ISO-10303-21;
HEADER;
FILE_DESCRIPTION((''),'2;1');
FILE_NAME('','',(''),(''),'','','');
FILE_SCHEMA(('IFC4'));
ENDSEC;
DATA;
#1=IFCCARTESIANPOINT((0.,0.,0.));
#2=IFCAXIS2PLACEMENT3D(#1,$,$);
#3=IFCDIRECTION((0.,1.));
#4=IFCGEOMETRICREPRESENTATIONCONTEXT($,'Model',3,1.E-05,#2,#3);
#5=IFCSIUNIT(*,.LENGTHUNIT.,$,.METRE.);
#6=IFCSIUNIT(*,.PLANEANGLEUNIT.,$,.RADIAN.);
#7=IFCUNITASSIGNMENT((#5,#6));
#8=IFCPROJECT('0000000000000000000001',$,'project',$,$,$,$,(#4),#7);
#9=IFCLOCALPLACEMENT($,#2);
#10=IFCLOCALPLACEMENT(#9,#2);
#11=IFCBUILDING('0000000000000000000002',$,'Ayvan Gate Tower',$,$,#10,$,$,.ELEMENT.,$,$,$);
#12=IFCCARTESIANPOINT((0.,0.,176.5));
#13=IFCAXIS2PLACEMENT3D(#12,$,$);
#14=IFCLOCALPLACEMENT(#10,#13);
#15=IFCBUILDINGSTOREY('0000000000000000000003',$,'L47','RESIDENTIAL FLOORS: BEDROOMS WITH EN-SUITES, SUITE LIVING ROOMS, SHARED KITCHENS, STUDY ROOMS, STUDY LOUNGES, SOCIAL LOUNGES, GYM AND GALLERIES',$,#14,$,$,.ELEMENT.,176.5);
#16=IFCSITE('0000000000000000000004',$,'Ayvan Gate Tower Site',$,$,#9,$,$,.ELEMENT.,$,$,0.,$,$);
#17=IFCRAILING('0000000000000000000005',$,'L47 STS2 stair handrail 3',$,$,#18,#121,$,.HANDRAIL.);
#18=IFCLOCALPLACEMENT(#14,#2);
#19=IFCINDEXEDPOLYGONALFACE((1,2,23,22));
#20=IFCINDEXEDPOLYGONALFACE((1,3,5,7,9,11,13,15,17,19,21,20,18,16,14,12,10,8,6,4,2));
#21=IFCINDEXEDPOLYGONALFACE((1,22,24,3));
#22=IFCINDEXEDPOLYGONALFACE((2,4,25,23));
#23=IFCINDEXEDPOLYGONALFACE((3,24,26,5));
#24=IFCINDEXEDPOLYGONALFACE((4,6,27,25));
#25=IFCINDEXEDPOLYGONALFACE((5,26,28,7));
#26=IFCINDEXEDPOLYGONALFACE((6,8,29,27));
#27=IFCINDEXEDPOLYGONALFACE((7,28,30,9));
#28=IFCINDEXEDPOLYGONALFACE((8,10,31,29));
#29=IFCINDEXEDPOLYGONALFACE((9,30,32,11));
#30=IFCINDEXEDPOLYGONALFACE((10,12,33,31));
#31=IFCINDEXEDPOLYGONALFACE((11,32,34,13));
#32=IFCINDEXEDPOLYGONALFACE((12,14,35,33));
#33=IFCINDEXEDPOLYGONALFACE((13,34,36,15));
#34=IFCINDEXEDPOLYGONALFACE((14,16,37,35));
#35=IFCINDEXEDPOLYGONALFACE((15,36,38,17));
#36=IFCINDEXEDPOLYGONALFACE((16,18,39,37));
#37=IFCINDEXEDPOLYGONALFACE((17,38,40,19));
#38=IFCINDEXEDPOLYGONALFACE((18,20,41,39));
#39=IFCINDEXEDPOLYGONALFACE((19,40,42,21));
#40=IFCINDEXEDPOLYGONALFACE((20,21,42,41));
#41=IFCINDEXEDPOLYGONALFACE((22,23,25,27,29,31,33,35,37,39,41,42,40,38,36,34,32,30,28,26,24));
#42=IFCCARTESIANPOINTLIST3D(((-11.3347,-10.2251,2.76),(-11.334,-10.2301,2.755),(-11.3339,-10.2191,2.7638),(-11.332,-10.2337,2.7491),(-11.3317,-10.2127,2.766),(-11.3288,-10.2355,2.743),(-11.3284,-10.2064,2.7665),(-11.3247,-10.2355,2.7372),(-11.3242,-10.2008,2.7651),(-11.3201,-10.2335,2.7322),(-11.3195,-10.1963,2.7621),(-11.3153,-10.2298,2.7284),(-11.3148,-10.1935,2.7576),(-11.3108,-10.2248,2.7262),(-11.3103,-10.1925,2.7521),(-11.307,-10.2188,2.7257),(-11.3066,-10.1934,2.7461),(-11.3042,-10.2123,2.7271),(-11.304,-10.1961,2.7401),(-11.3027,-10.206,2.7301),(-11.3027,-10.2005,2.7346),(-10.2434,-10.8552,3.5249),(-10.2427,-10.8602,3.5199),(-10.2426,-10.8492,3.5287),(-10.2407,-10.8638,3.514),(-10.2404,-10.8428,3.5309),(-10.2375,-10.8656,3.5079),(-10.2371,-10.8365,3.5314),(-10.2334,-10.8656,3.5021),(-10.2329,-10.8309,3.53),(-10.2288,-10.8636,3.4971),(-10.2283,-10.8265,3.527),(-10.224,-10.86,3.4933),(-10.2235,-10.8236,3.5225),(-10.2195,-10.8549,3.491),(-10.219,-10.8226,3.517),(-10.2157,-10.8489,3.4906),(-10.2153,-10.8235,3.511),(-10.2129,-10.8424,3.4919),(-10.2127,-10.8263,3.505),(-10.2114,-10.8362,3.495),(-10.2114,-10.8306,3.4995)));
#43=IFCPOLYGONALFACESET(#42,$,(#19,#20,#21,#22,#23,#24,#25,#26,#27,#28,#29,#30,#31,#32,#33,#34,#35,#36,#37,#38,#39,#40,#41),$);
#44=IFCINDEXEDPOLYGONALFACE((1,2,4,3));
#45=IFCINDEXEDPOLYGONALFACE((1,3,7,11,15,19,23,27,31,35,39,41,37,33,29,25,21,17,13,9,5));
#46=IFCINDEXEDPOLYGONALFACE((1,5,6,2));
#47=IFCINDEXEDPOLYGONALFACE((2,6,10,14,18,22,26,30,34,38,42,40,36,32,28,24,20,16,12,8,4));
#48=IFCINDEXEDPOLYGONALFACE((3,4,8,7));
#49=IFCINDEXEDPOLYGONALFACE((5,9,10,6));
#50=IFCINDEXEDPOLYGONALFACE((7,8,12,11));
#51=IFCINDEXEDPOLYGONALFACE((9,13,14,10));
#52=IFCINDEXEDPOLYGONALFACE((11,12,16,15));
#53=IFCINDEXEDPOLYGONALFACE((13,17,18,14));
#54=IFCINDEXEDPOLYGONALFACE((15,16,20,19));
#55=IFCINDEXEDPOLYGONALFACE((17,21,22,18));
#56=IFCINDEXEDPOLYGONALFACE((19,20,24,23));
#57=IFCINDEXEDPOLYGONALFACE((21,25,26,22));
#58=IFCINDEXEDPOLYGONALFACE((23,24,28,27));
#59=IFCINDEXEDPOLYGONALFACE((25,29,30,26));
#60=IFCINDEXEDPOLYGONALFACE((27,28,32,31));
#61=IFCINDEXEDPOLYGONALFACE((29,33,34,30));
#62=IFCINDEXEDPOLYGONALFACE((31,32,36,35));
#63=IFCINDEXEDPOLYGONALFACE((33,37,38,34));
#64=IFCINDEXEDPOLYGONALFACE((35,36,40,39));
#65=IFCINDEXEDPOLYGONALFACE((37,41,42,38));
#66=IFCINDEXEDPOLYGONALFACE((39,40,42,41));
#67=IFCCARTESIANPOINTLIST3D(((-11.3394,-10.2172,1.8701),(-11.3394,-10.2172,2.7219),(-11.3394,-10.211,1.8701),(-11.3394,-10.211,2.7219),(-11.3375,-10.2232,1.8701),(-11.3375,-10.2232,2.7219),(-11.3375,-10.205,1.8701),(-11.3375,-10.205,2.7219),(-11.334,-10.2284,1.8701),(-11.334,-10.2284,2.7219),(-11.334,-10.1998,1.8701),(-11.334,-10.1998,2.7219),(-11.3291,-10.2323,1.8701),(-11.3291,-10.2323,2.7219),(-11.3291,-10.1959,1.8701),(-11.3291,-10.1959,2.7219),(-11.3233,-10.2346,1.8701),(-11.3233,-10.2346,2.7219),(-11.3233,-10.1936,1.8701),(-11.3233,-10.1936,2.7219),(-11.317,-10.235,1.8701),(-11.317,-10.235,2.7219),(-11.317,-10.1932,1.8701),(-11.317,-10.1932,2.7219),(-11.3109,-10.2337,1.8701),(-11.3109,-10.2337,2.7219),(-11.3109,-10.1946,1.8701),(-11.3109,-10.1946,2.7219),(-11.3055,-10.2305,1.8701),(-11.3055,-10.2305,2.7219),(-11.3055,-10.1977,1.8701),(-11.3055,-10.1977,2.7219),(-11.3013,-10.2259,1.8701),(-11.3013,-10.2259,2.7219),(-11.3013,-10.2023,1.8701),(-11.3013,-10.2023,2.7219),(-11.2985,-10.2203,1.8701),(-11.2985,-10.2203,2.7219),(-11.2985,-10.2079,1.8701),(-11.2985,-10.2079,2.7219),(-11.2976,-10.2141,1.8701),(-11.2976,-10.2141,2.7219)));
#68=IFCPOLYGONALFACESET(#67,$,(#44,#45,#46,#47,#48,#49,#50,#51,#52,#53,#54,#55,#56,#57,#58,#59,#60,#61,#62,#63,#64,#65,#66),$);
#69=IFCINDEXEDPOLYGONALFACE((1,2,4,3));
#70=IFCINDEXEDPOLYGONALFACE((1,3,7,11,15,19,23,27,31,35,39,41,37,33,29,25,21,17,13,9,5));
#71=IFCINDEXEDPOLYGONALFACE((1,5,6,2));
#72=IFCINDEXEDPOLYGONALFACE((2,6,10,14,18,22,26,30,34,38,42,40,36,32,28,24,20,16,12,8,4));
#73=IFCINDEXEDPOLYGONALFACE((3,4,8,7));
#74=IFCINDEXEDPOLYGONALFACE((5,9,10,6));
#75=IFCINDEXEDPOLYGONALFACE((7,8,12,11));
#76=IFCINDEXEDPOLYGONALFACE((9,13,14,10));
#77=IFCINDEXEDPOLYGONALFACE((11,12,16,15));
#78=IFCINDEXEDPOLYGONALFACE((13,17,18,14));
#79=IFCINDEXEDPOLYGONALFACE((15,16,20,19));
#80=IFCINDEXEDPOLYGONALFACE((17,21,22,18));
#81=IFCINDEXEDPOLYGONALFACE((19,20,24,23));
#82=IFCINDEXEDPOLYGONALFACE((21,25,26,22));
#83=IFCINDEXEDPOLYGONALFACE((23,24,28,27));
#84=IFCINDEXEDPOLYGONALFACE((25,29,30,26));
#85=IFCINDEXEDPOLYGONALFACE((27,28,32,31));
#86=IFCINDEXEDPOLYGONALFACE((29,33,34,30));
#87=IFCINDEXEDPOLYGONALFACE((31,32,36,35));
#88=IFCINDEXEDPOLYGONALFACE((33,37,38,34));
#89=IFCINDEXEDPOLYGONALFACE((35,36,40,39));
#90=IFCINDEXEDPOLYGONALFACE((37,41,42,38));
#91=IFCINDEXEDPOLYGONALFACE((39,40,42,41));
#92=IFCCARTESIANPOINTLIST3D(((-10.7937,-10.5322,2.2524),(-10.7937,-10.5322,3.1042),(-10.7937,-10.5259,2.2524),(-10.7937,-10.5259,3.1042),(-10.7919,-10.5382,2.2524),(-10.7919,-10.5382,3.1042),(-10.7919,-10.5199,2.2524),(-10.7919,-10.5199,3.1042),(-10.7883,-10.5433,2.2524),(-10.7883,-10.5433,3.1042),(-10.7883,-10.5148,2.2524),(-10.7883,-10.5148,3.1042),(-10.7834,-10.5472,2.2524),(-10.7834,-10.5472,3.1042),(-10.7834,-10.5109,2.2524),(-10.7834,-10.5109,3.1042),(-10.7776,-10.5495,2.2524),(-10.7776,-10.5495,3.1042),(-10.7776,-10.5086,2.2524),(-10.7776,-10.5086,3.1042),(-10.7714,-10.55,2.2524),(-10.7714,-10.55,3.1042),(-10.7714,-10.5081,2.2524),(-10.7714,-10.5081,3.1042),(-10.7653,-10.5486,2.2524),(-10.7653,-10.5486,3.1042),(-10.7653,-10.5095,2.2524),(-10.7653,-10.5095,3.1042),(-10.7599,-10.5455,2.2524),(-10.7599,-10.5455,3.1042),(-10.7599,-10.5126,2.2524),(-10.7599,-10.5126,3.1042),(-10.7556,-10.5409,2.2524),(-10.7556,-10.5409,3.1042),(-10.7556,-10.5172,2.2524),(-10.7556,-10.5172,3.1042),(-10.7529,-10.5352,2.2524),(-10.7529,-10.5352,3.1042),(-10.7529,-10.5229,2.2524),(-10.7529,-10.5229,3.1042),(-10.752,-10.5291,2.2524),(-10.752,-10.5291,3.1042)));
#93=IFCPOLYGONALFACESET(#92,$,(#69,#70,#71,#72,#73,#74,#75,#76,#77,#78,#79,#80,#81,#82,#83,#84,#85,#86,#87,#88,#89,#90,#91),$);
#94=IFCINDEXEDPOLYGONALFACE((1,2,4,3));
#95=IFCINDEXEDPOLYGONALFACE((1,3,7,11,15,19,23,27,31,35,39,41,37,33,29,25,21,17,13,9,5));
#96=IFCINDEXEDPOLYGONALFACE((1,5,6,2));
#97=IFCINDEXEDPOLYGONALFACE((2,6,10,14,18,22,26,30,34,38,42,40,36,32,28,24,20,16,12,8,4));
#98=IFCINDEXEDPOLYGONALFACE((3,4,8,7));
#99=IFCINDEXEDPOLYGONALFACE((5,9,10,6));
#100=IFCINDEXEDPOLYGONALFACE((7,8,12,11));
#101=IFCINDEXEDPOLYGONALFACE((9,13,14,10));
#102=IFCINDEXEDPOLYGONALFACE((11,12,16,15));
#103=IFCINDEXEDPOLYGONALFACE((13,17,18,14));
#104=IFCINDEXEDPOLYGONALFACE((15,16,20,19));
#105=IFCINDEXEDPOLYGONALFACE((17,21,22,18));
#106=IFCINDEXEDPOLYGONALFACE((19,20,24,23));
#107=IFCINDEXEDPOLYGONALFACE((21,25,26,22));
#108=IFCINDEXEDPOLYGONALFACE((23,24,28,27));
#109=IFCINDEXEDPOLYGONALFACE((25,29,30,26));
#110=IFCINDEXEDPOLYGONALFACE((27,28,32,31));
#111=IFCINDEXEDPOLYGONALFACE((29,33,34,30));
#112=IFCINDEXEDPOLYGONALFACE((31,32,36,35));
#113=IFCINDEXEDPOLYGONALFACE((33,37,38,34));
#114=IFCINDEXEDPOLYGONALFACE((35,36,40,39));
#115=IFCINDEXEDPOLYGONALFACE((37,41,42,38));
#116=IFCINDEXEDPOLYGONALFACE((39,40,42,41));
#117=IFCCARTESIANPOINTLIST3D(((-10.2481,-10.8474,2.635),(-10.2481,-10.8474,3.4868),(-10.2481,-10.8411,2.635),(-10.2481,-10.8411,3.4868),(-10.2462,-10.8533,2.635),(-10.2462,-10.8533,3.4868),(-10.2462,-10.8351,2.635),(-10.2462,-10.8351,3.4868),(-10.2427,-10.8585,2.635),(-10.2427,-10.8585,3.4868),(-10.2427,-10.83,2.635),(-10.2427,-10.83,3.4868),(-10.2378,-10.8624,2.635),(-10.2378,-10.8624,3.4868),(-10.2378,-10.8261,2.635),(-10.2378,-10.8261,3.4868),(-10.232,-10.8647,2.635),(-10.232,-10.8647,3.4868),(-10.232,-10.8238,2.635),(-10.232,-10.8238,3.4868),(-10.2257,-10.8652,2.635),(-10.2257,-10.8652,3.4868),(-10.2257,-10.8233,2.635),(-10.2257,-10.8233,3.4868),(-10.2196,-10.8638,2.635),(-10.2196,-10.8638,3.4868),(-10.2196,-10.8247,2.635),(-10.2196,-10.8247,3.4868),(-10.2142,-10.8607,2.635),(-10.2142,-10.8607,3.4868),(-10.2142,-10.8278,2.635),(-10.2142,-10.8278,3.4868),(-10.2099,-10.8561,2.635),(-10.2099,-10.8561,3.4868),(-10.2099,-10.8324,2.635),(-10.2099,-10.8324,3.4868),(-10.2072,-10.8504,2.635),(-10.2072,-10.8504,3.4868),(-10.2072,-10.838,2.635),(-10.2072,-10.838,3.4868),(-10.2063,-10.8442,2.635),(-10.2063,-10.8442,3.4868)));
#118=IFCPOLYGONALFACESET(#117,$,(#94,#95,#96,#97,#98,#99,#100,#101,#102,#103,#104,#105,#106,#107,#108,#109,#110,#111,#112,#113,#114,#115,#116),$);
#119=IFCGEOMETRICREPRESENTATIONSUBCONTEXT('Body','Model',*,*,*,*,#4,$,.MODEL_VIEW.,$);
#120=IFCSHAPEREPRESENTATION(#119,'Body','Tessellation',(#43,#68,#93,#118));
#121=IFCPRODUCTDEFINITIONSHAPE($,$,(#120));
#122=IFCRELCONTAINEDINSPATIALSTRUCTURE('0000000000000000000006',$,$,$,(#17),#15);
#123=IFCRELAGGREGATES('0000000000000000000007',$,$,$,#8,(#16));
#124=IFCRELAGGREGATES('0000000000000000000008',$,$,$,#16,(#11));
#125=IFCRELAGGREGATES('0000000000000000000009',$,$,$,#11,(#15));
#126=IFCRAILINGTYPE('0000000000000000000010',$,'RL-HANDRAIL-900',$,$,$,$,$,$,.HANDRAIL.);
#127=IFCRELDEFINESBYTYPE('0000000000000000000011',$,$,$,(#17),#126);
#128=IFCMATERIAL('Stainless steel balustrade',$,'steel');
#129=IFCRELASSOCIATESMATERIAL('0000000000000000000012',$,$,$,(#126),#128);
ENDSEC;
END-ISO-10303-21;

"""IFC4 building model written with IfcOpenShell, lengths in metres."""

from ifc_helpers import new_model, si_unit, direction, frame, origin, origin_2d, place, context, subcontext, project, spatial, circle, extrude, material, type_object, element, save


model = new_model("IFC4")

# Units and contexts
model_context = context("Model", 3, precision=1e-05, world=origin(), true_north=direction((0.0, 1.0)))
body_context = subcontext(model_context, "Body", "Model", "MODEL_VIEW")
ifc_project = project(units=[si_unit("LENGTHUNIT", "METRE"), si_unit("PLANEANGLEUNIT", "RADIAN")], contexts=[model_context])

# Site, building, storey
site_placement = place(None, origin())
site = spatial("IfcSite", under=ifc_project, at=site_placement, Name="Ayvan Gate Tower Site", CompositionType="ELEMENT", RefElevation=0.0)
building_placement = place(site_placement, origin())
building = spatial("IfcBuilding", under=site, at=building_placement, Name="Ayvan Gate Tower", CompositionType="ELEMENT")
storey_placement = place(building_placement, frame((0.0, 0.0, 176.5)))
storey = spatial("IfcBuildingStorey", under=building, at=storey_placement, Name="L47", Description="RESIDENTIAL FLOORS: BEDROOMS WITH EN-SUITES, SUITE LIVING ROOMS, SHARED KITCHENS, STUDY ROOMS, STUDY LOUNGES, SOCIAL LOUNGES, GYM AND GALLERIES", CompositionType="ELEMENT", Elevation=176.5)

# Railing
ifc_material_1 = material(Name="Stainless steel balustrade", Category="steel")
railing_type_1 = type_object("IfcRailingType", Name="RL-HANDRAIL-900", PredefinedType="HANDRAIL", material=ifc_material_1)
railing_1_placement = place(storey_placement, frame((-11.3186, -10.2141, 1.8701)))
element("IfcRailing", 1, at=railing_1_placement, inside=storey, type_object=railing_type_1, Name="L47 STS2 stair handrail 3", PredefinedType="HANDRAIL", context=body_context, shape_type="SweptSolid", body=[
    extrude(circle(Radius=0.0239, at=origin_2d()), frame((0.0, 0.0, 0.876), z_axis=(0.740304, -0.427455, 0.518875), x_axis=(0.500035, 0.866005, 0.0)), (0.0, 0.0, 1.0), 1.4741),
    extrude(circle(Radius=0.021, at=origin_2d()), origin(), (0.0, 0.0, 1.0), 0.8518),
    extrude(circle(Radius=0.021, at=origin_2d()), frame((0.5457, -0.3149, 0.3823)), (0.0, 0.0, 1.0), 0.8518),
    extrude(circle(Radius=0.021, at=origin_2d()), frame((1.0913, -0.6301, 0.7649)), (0.0, 0.0, 1.0), 0.8518),
])

save(model, "model.ifc")
